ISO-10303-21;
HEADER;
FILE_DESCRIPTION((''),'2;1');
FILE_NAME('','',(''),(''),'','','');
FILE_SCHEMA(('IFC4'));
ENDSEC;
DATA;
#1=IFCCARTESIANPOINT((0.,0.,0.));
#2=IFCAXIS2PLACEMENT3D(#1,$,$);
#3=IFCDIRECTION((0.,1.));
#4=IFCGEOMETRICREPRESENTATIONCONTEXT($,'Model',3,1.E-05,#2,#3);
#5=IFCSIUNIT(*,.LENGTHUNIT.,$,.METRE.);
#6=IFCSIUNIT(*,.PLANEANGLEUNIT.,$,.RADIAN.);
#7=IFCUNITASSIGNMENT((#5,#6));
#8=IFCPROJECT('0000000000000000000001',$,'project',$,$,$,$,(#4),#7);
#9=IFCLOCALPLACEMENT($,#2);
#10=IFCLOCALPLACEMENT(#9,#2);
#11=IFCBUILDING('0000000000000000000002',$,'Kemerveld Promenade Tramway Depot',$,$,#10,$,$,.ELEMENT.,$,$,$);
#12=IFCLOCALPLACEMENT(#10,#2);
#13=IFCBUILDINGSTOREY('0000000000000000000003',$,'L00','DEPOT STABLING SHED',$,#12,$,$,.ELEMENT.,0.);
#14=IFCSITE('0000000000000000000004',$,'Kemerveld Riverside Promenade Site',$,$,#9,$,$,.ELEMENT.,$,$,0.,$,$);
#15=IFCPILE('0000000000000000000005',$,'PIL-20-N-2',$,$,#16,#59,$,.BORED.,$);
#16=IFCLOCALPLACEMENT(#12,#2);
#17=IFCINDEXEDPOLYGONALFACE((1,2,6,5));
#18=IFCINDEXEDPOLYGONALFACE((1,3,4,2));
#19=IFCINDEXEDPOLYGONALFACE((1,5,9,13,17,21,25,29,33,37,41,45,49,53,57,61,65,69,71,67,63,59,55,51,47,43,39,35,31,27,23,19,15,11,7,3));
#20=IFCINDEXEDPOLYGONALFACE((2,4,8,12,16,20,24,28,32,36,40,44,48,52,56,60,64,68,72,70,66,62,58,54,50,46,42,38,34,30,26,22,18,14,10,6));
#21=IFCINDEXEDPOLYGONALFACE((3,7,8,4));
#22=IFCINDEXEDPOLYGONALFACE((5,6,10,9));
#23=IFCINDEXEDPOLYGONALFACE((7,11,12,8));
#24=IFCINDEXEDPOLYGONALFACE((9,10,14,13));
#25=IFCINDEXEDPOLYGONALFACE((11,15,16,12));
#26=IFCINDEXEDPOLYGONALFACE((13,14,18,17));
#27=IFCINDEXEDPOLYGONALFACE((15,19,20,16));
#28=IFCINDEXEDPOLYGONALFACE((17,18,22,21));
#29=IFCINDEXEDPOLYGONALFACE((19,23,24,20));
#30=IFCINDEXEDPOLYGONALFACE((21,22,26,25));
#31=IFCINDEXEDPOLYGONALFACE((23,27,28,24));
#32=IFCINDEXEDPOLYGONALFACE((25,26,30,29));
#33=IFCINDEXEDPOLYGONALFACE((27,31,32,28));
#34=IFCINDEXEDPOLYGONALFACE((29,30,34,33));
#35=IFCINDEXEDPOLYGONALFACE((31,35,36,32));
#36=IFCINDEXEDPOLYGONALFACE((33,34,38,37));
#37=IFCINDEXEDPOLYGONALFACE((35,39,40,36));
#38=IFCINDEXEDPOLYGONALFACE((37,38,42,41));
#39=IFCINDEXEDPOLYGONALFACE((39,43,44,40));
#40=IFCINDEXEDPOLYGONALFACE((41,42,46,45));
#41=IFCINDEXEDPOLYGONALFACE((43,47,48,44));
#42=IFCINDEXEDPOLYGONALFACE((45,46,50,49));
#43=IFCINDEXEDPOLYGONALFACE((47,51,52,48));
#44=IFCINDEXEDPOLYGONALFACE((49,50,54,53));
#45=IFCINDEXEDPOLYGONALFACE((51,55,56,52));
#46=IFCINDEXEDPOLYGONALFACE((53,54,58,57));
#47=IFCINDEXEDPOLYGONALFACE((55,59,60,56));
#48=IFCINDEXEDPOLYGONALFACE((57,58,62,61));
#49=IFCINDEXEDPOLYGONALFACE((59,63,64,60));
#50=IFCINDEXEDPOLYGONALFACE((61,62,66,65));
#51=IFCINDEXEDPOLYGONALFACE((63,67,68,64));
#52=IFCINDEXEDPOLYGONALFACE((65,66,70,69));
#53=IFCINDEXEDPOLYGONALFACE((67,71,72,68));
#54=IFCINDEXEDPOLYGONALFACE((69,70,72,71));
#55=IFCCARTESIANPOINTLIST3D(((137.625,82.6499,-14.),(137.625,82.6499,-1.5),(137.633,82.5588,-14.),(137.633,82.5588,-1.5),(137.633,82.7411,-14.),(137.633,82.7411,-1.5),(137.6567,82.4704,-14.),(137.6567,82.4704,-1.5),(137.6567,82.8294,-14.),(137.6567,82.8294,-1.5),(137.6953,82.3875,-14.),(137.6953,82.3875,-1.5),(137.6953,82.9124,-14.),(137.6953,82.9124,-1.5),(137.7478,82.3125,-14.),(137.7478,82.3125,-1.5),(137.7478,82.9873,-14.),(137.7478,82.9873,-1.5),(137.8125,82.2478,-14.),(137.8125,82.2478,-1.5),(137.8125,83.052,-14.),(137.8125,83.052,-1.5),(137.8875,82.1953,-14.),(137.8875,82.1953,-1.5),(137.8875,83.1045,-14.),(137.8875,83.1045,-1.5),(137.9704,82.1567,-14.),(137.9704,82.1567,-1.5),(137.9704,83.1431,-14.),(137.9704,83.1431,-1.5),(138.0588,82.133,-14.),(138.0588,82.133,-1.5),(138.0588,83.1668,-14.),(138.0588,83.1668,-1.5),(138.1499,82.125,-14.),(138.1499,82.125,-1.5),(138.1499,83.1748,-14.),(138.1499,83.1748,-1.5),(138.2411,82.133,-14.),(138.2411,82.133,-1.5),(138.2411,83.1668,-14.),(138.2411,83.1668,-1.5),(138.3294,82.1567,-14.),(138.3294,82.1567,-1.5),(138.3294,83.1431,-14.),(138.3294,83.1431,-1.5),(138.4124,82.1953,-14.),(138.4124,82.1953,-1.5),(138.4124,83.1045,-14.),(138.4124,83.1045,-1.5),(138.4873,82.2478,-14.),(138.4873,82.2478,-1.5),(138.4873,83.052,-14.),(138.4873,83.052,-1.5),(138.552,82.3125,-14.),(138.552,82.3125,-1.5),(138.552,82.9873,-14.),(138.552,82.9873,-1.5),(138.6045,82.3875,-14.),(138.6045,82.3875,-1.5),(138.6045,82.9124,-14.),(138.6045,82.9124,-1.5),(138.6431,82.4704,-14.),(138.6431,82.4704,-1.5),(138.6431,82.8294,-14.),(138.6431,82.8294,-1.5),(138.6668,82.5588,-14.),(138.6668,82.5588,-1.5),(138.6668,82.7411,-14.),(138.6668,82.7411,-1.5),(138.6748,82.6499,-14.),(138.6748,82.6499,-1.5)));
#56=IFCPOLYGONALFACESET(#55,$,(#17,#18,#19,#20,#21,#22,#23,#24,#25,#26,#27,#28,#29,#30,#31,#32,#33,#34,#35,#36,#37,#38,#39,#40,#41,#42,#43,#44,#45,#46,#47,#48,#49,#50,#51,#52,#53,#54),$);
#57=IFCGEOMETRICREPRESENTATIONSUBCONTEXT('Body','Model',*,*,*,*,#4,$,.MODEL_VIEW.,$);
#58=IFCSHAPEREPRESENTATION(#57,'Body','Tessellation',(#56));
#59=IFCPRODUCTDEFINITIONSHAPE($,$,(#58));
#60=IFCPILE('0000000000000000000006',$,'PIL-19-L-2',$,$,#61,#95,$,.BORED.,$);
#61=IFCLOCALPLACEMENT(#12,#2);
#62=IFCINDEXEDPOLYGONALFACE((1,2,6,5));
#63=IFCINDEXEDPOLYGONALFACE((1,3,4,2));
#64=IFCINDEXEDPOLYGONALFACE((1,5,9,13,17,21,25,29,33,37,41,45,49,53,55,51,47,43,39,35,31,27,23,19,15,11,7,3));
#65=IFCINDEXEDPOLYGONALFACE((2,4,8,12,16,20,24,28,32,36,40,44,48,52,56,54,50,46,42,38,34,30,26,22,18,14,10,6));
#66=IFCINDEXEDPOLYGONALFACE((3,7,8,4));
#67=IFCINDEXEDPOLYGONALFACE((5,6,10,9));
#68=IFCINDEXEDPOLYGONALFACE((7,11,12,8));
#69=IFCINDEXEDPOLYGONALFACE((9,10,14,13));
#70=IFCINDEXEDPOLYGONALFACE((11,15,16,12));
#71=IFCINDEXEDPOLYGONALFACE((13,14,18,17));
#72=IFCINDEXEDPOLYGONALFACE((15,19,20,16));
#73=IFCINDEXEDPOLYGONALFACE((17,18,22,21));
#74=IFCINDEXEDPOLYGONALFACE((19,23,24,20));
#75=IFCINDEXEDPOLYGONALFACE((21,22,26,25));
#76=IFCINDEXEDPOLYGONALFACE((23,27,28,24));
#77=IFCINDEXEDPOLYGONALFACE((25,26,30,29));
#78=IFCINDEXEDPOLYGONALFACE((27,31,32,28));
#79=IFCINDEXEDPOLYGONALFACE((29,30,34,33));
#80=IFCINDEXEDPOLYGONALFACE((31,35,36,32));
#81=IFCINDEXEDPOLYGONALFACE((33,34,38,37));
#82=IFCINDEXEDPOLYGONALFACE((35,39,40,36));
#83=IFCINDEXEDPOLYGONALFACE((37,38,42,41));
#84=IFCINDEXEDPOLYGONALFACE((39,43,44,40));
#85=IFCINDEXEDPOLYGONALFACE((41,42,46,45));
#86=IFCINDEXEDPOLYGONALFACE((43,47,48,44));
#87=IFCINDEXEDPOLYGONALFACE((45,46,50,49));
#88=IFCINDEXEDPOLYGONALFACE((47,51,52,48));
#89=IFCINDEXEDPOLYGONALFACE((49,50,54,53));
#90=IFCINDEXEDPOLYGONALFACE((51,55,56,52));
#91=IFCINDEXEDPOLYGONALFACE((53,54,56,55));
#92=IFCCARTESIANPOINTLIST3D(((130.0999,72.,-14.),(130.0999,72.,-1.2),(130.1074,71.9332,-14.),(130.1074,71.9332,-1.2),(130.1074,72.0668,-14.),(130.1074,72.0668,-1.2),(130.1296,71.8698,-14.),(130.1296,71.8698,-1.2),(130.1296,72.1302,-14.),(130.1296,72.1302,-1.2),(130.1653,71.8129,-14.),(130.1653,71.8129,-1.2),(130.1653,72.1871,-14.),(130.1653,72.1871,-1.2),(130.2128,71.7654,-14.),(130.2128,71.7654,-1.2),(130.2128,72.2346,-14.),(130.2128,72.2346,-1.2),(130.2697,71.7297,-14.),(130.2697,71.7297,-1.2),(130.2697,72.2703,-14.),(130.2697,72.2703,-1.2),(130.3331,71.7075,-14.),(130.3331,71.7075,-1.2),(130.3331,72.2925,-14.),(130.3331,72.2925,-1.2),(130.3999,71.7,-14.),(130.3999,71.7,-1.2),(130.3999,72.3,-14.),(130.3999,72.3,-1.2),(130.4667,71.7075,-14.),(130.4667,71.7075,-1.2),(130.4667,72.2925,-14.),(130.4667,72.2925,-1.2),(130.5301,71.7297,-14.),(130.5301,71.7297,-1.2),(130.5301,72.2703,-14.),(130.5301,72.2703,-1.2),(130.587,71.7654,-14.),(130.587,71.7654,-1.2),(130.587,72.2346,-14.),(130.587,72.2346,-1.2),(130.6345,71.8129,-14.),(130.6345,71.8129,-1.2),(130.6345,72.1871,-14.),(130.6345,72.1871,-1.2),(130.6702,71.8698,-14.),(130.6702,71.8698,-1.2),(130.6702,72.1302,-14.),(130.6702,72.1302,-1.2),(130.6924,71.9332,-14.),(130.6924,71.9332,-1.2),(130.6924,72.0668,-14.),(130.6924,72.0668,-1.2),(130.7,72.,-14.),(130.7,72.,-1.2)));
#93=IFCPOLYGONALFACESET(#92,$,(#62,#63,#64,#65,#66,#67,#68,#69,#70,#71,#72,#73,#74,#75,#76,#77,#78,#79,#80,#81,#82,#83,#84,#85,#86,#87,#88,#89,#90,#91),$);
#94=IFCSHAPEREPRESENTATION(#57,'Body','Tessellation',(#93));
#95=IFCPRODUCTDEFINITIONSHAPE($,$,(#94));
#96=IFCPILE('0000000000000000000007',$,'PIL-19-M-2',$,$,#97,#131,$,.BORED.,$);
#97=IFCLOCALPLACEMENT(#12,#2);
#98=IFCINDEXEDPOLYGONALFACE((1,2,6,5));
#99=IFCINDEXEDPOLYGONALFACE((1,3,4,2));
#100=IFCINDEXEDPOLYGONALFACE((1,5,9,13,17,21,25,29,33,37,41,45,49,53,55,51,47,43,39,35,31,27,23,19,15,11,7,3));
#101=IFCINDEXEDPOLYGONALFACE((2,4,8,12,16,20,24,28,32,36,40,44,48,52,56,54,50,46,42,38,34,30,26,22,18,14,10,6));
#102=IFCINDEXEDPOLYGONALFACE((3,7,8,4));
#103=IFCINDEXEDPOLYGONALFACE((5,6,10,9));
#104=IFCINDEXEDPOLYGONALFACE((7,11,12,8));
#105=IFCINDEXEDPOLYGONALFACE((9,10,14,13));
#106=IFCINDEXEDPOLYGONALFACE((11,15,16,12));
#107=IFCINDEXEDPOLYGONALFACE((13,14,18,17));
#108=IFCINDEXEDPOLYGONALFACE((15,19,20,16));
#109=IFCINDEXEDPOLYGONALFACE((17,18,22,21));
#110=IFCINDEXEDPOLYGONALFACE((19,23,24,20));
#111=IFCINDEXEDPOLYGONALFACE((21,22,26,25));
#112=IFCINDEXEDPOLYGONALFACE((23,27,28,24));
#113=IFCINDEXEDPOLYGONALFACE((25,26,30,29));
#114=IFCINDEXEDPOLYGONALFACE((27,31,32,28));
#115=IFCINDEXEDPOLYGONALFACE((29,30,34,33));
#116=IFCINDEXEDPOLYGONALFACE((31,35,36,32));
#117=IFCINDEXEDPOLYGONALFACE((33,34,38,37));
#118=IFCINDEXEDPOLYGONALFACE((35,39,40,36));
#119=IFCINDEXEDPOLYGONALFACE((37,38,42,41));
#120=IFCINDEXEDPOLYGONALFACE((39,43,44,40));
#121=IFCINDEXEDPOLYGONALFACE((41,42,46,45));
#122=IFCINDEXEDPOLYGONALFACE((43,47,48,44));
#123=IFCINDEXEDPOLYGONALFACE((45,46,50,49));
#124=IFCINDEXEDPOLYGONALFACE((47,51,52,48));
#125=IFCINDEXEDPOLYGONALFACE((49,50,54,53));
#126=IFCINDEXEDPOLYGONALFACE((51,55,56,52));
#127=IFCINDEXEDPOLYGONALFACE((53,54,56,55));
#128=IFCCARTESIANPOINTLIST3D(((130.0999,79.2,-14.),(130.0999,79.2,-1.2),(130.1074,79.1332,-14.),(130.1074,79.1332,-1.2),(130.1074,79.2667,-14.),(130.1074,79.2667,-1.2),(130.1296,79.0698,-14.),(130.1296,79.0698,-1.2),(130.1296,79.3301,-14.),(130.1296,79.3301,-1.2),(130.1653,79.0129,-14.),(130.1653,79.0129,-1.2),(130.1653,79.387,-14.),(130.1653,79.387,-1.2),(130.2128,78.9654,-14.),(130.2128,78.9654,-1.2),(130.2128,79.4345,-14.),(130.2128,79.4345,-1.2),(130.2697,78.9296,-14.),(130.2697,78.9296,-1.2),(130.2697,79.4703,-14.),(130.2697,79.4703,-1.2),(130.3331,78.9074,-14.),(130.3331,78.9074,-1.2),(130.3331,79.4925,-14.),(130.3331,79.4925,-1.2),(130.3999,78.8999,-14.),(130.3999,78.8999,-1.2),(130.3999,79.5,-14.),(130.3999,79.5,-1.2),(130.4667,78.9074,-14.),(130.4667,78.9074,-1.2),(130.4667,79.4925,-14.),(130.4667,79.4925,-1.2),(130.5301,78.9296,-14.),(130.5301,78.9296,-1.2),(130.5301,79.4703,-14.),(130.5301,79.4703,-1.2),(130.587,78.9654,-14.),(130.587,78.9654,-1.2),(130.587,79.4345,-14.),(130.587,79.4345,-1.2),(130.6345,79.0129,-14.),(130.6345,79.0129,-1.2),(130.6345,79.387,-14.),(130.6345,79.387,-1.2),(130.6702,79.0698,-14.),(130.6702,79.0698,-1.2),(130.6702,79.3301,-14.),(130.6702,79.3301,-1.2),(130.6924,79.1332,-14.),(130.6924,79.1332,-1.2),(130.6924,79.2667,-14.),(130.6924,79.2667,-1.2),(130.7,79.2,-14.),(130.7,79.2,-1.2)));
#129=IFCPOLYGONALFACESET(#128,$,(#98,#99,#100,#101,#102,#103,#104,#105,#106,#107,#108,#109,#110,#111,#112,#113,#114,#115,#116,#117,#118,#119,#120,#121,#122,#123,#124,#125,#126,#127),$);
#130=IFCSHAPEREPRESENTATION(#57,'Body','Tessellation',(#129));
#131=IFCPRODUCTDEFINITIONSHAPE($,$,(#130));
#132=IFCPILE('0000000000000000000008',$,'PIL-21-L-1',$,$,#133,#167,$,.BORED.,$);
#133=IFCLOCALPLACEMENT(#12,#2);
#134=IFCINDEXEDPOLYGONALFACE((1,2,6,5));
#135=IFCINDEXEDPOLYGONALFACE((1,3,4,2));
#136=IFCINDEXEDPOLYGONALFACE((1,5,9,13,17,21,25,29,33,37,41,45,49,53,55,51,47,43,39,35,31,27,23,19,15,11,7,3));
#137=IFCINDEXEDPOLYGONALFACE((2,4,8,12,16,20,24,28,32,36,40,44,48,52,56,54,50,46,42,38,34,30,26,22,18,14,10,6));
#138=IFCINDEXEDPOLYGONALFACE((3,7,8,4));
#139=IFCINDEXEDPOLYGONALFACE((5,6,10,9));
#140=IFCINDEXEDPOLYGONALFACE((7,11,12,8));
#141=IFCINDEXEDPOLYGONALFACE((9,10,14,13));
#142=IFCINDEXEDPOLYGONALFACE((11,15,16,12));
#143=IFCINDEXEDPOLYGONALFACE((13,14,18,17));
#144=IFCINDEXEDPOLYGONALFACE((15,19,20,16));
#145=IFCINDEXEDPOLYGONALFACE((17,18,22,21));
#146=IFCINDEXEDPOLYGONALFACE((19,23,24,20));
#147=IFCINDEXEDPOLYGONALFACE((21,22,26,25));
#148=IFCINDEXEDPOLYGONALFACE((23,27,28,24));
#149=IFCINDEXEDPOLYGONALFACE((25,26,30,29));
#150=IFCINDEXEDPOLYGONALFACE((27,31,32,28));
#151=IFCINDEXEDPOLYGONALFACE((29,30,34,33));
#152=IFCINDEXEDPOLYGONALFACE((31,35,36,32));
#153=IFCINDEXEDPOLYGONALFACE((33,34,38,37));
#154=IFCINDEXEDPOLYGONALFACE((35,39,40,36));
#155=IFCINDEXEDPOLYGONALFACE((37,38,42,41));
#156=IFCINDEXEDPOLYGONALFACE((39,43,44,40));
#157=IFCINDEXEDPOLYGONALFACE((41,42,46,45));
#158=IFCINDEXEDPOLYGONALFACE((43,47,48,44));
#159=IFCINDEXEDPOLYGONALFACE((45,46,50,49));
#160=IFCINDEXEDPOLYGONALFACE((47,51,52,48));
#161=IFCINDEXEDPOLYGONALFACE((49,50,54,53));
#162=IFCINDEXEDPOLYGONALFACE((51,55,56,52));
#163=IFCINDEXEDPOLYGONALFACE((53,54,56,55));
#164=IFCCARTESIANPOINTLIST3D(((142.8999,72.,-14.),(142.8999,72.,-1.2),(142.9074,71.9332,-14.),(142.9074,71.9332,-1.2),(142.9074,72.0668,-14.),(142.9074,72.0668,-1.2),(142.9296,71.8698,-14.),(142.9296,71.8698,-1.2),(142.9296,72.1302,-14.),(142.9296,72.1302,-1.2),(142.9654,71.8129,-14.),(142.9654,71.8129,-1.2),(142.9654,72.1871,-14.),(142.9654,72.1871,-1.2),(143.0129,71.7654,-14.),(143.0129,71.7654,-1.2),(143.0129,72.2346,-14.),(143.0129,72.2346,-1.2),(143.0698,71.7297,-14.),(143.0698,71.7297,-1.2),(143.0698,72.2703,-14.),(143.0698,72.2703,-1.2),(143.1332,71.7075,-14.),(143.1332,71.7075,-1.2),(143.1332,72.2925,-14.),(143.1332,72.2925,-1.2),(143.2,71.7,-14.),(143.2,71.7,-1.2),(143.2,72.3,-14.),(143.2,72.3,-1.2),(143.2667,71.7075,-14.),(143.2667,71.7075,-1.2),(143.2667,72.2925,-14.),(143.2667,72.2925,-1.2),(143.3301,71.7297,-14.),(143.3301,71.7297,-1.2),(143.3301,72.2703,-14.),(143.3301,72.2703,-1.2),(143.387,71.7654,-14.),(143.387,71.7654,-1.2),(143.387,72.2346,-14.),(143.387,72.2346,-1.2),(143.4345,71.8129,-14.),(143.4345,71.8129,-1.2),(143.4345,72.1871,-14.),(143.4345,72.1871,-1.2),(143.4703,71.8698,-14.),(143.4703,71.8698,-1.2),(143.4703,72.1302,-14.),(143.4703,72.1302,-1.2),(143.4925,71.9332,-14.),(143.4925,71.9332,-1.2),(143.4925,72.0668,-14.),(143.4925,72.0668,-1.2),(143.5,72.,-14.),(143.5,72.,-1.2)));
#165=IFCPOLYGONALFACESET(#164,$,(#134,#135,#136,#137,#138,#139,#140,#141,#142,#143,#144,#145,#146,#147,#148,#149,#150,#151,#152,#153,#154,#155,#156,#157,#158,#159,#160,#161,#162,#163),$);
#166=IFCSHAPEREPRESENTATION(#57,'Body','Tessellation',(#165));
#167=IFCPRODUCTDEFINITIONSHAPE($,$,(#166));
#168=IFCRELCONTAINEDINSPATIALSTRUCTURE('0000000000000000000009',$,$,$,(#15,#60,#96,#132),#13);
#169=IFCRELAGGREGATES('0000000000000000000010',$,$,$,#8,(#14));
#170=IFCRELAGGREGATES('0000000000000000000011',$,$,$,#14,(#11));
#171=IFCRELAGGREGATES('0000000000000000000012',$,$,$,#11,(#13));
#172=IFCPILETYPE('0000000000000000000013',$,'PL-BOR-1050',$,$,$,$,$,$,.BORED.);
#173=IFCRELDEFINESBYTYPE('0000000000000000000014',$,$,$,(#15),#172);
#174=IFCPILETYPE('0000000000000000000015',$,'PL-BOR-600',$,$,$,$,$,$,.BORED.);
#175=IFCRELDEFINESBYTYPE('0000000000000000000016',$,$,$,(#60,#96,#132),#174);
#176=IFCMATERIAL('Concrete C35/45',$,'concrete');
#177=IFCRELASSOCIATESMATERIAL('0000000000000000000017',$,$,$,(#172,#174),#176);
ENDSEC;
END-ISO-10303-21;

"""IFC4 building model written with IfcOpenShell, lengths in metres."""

from ifc_helpers import new_model, si_unit, direction, frame, origin, origin_2d, place, context, subcontext, project, spatial, circle, extrude, material, material_profile, profile_set, type_object, element, save


model = new_model("IFC4")

# Units and contexts
model_context = context("Model", 3, precision=1e-05, world=origin(), true_north=direction((0.0, 1.0)))
body_context = subcontext(model_context, "Body", "Model", "MODEL_VIEW")
ifc_project = project(units=[si_unit("LENGTHUNIT", "METRE"), si_unit("PLANEANGLEUNIT", "RADIAN")], contexts=[model_context])

# Site, building, storey
site_placement = place(None, origin())
site = spatial("IfcSite", under=ifc_project, at=site_placement, Name="Kemerveld Riverside Promenade Site", CompositionType="ELEMENT", RefElevation=0.0)
building_placement = place(site_placement, origin())
building = spatial("IfcBuilding", under=site, at=building_placement, Name="Kemerveld Promenade Tramway Depot", CompositionType="ELEMENT")
storey_placement = place(building_placement, origin())
storey = spatial("IfcBuildingStorey", under=building, at=storey_placement, Name="L00", Description="DEPOT STABLING SHED", CompositionType="ELEMENT", Elevation=0.0)

# Shared definitions
ifc_material_1 = material(Name="Concrete C35/45", Category="concrete")

# Piles
ifc_material_profile_1 = material_profile(ifc_material_1, circle(Radius=0.5249, at=origin_2d()), Name="PILE-D1050")
ifc_profile_set_1 = profile_set([ifc_material_profile_1], Name="Concrete C35/45")
pile_type_1 = type_object("IfcPileType", Name="PL-BOR-1050", PredefinedType="BORED", material=ifc_profile_set_1)
for number, where, z_axis, x_axis, name in (
    (1, (138.1499, 82.6499, -1.5), (0.0, 0.0, -1.0), (1.0, 0.0, 0.0), "PIL-20-N-2"),
):
    element("IfcPile", number, at=place(storey_placement, frame(where, z_axis=z_axis, x_axis=x_axis)), inside=storey, type_object=pile_type_1, Name=name, PredefinedType="BORED", context=body_context, shape_type="SweptSolid", body=[
        extrude(circle(Radius=0.5249, at=origin_2d()), origin(), (0.0, 0.0, 1.0), 12.5),
    ])
ifc_material_profile_2 = material_profile(ifc_material_1, circle(Radius=0.3, at=origin_2d()), Name="PILE-D600")
ifc_profile_set_2 = profile_set([ifc_material_profile_2], Name="Concrete C35/45")
pile_type_2 = type_object("IfcPileType", Name="PL-BOR-600", PredefinedType="BORED", material=ifc_profile_set_2)
for number, where, z_axis, x_axis, name in (
    (2, (130.3999, 72.0, -1.2), (0.0, 0.0, -1.0), (1.0, 0.0, 0.0), "PIL-19-L-2"),
    (3, (130.3999, 79.2, -1.2), (0.0, 0.0, -1.0), (1.0, 0.0, 0.0), "PIL-19-M-2"),
    (4, (143.2, 72.0, -1.2), (0.0, 0.0, -1.0), (1.0, 0.0, 0.0), "PIL-21-L-1"),
):
    element("IfcPile", number, at=place(storey_placement, frame(where, z_axis=z_axis, x_axis=x_axis)), inside=storey, type_object=pile_type_2, Name=name, PredefinedType="BORED", context=body_context, shape_type="SweptSolid", body=[
        extrude(circle(Radius=0.3, at=origin_2d()), origin(), (0.0, 0.0, 1.0), 12.8),
    ])

save(model, "model.ifc")
